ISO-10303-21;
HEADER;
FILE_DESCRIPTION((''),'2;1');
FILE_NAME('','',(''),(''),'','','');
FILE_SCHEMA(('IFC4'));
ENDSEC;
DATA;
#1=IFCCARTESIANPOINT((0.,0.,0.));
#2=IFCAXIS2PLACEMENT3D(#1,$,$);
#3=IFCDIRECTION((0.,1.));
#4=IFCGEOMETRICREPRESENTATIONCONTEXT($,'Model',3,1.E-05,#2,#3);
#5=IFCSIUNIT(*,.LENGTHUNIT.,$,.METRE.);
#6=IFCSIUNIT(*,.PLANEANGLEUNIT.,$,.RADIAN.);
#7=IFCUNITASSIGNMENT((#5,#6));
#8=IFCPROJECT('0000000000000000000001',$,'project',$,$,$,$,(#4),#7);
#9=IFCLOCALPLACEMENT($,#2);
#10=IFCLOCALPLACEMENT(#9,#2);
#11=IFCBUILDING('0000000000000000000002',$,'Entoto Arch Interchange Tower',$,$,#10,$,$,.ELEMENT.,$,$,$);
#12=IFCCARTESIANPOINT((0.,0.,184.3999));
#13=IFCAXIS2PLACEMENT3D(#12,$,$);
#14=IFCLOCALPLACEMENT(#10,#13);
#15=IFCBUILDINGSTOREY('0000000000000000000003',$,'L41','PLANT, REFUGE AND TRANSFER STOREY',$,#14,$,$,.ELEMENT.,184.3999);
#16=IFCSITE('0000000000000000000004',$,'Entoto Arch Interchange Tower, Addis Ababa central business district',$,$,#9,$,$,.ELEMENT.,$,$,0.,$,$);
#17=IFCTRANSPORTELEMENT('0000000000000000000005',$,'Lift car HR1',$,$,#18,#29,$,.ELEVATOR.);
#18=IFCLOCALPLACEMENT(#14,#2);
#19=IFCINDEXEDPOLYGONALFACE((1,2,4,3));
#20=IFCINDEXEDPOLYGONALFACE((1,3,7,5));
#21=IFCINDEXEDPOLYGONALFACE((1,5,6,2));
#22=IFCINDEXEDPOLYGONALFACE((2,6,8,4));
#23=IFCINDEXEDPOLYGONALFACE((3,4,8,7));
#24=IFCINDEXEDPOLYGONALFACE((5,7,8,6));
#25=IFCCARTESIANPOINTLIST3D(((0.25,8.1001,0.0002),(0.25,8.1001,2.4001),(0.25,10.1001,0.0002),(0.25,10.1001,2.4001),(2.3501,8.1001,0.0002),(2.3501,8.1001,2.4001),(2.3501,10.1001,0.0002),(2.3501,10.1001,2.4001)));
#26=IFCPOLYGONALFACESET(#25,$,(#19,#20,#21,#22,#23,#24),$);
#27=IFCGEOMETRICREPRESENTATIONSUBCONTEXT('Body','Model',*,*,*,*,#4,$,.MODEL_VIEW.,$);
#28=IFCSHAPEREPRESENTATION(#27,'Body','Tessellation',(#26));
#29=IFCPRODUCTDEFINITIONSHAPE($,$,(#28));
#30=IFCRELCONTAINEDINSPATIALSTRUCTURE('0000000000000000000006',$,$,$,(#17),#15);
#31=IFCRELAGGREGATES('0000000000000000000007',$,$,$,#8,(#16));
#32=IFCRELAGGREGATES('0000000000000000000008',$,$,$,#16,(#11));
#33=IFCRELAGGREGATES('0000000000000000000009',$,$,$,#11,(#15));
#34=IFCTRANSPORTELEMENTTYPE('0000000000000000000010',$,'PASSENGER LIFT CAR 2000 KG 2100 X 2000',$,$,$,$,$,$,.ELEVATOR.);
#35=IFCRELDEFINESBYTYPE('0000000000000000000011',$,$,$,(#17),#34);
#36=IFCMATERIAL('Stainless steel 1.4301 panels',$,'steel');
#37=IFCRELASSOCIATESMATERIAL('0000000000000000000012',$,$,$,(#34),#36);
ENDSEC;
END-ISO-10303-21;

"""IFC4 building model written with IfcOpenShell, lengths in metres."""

from ifc_helpers import new_model, si_unit, direction, frame, origin, origin_2d, place, context, subcontext, project, spatial, rectangle, extrude, material, type_object, element, save


model = new_model("IFC4")

# Units and contexts
model_context = context("Model", 3, precision=1e-05, world=origin(), true_north=direction((0.0, 1.0)))
body_context = subcontext(model_context, "Body", "Model", "MODEL_VIEW")
ifc_project = project(units=[si_unit("LENGTHUNIT", "METRE"), si_unit("PLANEANGLEUNIT", "RADIAN")], contexts=[model_context])

# Site, building, storey
site_placement = place(None, origin())
site = spatial("IfcSite", under=ifc_project, at=site_placement, Name="Entoto Arch Interchange Tower, Addis Ababa central business district", CompositionType="ELEMENT", RefElevation=0.0)
building_placement = place(site_placement, origin())
building = spatial("IfcBuilding", under=site, at=building_placement, Name="Entoto Arch Interchange Tower", CompositionType="ELEMENT")
storey_placement = place(building_placement, frame((0.0, 0.0, 184.3999)))
storey = spatial("IfcBuildingStorey", under=building, at=storey_placement, Name="L41", Description="PLANT, REFUGE AND TRANSFER STOREY", CompositionType="ELEMENT", Elevation=184.3999)

# Shared definitions
ifc_material_1 = material(Name="Stainless steel 1.4301 panels", Category="steel")

# Transport element
transport_element_type = type_object("IfcTransportElementType", Name="PASSENGER LIFT CAR 2000 KG 2100 X 2000", PredefinedType="ELEVATOR", material=ifc_material_1)
transport_element_placement = place(storey_placement, frame((1.3, 9.1001, 0.0002), z_axis=(0.0, 0.0, 1.0), x_axis=(1.0, 0.0, 0.0)))
element("IfcTransportElement", 1, at=transport_element_placement, inside=storey, type_object=transport_element_type, Name="Lift car HR1", PredefinedType="ELEVATOR", context=body_context, shape_type="SweptSolid", body=[
    extrude(rectangle(XDim=2.1001, YDim=2.0, at=origin_2d()), origin(), (0.0, 0.0, 1.0), 2.3999),
])

save(model, "model.ifc")
